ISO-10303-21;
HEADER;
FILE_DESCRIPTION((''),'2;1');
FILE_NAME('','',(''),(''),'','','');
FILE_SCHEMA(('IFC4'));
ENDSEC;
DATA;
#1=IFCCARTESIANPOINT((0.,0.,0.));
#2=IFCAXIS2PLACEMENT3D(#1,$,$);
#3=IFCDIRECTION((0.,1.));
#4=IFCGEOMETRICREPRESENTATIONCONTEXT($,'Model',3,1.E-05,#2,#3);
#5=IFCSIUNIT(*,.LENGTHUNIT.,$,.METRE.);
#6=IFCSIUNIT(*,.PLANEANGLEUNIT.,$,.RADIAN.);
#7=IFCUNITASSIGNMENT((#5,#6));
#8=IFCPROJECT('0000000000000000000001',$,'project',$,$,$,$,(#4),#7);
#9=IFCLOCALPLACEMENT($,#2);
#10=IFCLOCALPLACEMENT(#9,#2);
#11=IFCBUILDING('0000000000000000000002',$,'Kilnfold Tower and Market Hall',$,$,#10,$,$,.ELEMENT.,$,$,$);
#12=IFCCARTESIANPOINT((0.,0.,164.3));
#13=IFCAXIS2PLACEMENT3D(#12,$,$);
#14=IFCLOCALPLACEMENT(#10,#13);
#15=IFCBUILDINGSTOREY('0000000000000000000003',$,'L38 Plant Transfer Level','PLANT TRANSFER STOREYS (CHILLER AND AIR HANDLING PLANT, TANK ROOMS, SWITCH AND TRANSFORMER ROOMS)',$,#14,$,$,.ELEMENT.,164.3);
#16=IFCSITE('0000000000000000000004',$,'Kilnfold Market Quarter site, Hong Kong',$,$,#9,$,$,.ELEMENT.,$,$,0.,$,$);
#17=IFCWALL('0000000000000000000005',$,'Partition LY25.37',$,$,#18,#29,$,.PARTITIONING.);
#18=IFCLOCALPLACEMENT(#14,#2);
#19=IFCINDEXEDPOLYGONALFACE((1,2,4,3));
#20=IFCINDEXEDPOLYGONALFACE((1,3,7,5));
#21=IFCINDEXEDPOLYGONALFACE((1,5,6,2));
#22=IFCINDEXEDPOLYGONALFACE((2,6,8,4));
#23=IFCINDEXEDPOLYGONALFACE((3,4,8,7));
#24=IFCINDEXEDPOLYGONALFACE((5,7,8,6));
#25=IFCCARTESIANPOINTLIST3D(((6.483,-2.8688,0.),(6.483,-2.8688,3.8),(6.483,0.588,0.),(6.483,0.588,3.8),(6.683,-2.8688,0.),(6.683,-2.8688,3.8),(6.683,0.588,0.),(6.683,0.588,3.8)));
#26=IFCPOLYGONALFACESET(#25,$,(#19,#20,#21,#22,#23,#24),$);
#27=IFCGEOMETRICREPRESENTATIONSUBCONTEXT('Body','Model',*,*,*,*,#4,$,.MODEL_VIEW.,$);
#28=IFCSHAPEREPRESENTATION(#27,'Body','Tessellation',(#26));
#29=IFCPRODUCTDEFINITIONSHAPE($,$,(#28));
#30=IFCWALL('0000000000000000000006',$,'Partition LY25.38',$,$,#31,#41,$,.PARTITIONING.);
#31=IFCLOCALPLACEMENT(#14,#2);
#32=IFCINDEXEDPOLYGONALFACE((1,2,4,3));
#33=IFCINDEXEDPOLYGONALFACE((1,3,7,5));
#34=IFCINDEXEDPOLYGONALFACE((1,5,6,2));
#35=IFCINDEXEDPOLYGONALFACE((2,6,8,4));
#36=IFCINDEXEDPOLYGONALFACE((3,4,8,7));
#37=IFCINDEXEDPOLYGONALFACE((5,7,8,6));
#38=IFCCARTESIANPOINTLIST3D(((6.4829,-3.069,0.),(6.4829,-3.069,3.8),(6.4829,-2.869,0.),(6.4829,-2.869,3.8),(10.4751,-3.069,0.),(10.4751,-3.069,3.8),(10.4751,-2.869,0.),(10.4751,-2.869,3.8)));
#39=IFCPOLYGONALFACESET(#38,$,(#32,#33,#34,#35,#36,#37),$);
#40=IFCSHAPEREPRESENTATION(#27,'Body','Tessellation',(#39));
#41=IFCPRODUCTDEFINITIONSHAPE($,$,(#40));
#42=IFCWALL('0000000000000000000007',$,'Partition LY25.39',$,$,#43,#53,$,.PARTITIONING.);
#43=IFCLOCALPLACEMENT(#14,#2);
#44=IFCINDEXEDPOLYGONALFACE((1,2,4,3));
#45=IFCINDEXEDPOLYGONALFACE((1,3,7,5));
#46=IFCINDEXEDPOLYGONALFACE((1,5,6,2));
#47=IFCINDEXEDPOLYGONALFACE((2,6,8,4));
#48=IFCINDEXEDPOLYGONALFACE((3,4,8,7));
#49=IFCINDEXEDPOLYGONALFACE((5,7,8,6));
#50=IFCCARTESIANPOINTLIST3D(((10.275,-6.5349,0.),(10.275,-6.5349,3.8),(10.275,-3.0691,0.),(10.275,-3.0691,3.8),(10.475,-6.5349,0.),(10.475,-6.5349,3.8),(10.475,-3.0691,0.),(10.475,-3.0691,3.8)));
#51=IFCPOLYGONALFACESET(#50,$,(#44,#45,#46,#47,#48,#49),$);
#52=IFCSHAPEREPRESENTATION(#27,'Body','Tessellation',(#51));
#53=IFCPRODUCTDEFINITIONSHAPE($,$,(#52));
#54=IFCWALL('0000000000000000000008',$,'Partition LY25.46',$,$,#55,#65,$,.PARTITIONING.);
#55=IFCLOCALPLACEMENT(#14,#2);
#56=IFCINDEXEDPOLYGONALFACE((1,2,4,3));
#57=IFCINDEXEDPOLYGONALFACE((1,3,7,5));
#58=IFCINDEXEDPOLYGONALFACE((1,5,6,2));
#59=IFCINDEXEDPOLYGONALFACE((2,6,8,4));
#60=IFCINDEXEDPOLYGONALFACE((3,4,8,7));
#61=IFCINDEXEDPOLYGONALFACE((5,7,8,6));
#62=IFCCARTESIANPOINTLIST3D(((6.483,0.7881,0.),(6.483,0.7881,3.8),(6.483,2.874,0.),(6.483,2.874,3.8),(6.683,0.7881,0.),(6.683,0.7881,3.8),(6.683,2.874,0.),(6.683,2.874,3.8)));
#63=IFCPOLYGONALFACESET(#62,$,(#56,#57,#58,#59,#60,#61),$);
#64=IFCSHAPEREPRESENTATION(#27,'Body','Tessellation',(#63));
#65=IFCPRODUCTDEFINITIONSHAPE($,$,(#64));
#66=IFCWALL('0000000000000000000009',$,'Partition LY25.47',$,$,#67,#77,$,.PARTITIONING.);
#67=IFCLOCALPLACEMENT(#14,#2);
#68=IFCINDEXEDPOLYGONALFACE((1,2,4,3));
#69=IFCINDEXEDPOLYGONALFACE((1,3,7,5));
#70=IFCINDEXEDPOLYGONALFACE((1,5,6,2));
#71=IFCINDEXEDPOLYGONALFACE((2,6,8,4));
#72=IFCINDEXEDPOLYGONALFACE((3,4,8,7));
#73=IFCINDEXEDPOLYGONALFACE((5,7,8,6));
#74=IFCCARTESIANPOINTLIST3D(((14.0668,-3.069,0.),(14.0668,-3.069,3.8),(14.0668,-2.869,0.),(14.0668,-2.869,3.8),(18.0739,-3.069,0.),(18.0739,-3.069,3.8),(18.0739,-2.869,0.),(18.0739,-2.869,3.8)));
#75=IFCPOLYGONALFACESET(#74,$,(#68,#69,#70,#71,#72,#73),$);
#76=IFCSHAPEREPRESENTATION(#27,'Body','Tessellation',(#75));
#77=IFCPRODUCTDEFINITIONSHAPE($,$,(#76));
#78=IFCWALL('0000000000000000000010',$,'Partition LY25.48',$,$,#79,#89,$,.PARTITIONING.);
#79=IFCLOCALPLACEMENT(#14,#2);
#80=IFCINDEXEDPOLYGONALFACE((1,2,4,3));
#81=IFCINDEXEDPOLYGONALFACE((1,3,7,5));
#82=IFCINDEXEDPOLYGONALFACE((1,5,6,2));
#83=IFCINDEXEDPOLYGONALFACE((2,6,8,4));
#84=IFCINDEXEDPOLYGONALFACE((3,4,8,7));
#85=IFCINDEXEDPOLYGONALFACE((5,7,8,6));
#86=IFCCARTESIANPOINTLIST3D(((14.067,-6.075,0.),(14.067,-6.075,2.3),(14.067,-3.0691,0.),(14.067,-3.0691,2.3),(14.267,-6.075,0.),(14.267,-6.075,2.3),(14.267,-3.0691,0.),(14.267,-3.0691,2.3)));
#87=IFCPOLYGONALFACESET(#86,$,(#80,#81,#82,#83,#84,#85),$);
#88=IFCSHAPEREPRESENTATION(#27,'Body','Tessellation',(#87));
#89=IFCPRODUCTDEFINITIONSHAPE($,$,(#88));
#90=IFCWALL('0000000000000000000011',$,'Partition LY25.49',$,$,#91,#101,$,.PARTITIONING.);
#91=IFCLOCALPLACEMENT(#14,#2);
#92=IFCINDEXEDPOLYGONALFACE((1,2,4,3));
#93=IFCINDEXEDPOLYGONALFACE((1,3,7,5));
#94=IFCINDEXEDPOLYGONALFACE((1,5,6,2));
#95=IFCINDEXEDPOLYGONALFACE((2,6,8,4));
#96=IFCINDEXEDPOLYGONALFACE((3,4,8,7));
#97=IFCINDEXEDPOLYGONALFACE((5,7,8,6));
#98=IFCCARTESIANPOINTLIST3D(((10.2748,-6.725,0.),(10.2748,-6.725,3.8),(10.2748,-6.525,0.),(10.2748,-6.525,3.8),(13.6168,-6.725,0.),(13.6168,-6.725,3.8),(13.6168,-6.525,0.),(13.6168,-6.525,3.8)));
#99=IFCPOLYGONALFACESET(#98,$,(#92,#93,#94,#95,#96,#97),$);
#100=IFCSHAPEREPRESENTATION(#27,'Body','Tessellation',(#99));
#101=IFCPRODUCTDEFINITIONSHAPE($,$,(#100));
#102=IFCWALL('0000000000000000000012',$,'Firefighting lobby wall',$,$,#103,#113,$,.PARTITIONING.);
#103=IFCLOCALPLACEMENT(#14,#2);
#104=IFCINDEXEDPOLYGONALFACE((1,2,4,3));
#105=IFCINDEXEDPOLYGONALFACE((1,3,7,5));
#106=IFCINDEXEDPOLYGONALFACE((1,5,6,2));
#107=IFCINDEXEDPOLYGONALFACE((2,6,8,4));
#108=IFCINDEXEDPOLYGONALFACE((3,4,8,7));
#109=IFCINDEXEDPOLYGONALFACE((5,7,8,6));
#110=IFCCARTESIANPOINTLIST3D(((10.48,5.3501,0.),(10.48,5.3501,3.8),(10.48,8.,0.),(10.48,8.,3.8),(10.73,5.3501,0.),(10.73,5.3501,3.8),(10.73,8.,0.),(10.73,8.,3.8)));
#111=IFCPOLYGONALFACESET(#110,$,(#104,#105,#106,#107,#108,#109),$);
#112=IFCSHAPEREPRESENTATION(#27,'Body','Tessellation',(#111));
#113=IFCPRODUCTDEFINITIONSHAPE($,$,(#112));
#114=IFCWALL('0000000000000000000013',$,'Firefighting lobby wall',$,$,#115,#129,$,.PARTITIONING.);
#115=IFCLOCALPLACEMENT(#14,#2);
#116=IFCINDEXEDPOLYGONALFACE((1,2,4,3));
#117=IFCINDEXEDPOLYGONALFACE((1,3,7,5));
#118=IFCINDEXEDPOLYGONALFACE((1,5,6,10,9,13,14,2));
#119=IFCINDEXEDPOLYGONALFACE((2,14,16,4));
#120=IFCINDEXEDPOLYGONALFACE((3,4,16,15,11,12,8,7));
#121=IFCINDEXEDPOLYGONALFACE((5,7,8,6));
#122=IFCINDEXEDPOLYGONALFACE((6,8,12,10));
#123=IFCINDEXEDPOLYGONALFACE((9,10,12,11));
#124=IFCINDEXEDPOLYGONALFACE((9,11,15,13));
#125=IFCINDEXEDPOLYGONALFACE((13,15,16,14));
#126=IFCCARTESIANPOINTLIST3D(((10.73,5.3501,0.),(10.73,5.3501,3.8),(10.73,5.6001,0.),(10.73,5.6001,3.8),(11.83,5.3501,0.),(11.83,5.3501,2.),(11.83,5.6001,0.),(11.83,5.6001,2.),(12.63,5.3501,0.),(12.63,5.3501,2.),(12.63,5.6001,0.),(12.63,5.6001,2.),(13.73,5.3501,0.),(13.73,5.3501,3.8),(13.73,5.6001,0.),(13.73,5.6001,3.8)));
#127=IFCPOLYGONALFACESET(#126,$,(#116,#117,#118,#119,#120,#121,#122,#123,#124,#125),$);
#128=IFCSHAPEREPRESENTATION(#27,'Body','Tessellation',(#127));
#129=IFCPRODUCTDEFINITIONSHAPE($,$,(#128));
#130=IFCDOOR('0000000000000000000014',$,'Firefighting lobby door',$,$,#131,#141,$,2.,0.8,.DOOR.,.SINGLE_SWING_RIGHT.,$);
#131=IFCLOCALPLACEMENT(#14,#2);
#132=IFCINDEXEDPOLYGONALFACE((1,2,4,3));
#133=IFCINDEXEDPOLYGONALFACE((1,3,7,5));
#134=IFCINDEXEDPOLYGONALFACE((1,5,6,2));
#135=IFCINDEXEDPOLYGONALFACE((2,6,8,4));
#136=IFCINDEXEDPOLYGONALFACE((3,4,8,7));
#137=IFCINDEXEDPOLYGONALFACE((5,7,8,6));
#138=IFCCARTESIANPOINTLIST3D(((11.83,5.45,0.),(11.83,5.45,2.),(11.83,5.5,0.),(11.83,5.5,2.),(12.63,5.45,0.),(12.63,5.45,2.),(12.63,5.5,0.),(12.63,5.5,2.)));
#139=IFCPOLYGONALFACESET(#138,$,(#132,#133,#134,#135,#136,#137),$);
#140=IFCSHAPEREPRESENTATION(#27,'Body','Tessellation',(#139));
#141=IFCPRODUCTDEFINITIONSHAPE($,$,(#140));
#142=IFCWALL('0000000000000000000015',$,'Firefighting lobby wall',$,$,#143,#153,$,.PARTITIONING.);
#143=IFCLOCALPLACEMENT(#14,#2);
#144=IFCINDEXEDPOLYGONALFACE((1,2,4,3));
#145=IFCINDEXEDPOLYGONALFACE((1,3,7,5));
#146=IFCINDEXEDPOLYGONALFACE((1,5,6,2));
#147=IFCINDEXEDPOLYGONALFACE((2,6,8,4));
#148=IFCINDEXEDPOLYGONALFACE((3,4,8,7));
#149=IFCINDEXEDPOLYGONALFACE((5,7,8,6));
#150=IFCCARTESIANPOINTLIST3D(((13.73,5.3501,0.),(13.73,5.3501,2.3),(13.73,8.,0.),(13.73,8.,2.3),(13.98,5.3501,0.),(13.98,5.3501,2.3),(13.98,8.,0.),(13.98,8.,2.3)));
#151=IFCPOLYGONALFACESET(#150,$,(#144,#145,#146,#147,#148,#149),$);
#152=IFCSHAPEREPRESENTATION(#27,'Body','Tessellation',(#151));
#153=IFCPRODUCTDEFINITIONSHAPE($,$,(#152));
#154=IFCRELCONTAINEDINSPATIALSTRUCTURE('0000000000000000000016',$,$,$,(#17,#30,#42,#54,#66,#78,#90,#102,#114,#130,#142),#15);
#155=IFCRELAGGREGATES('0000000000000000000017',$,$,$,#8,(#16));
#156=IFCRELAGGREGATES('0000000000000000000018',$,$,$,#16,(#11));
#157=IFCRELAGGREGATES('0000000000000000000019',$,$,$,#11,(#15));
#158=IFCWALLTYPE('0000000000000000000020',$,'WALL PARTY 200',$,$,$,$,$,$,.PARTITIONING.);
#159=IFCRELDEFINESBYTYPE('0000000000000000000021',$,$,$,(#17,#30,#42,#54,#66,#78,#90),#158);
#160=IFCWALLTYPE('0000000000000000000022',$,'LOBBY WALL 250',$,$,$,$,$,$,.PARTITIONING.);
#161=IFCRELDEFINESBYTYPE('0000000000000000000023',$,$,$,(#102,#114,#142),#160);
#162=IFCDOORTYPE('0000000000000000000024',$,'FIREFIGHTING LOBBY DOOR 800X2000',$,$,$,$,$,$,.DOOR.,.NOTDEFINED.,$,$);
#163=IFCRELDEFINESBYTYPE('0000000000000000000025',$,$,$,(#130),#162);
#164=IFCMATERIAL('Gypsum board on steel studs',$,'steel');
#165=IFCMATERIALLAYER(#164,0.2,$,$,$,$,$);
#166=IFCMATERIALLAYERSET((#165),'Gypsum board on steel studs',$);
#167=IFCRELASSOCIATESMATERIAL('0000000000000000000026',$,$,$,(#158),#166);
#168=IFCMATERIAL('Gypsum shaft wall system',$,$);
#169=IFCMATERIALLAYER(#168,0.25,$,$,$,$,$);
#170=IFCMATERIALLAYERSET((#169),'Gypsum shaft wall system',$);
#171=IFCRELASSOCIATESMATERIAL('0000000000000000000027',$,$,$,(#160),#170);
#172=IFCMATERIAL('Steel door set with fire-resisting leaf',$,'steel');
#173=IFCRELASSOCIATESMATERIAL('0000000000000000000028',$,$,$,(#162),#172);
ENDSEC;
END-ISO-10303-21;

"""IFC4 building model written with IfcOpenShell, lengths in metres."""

from ifc_helpers import new_model, si_unit, direction, frame, frame_2d, origin, place, context, subcontext, project, spatial, rectangle, extrude, source, transform, mapped, material, layer, layer_set, type_object, element, fill, save


model = new_model("IFC4")

# Units and contexts
model_context = context("Model", 3, precision=1e-05, world=origin(), true_north=direction((0.0, 1.0)))
body_context = subcontext(model_context, "Body", "Model", "MODEL_VIEW")
ifc_project = project(units=[si_unit("LENGTHUNIT", "METRE"), si_unit("PLANEANGLEUNIT", "RADIAN")], contexts=[model_context])

# Site, building, storey
site_placement = place(None, origin())
site = spatial("IfcSite", under=ifc_project, at=site_placement, Name="Kilnfold Market Quarter site, Hong Kong", CompositionType="ELEMENT", RefElevation=0.0)
building_placement = place(site_placement, origin())
building = spatial("IfcBuilding", under=site, at=building_placement, Name="Kilnfold Tower and Market Hall", CompositionType="ELEMENT")
storey_placement = place(building_placement, frame((0.0, 0.0, 164.3)))
storey = spatial("IfcBuildingStorey", under=building, at=storey_placement, Name="L38 Plant Transfer Level", Description="PLANT TRANSFER STOREYS (CHILLER AND AIR HANDLING PLANT, TANK ROOMS, SWITCH AND TRANSFORMER ROOMS)", CompositionType="ELEMENT", Elevation=164.3)

# Walls
ifc_material_1 = material(Name="Gypsum board on steel studs", Category="steel")
ifc_layer_1 = layer(ifc_material_1, 0.2)
ifc_layer_set_1 = layer_set([ifc_layer_1], Name="Gypsum board on steel studs")
wall_type_1 = type_object("IfcWallType", Name="WALL PARTY 200", PredefinedType="PARTITIONING", material=ifc_layer_set_1)
wall_1_placement = place(storey_placement, frame((6.583, -2.8689, 0.0), z_axis=(0.0, 0.0, 1.0), x_axis=(0.0, 1.0, 0.0)))
element("IfcWall", 1, at=wall_1_placement, inside=storey, type_object=wall_type_1, Name="Partition LY25.37", PredefinedType="PARTITIONING", context=body_context, shape_type="SweptSolid", body=[
    extrude(rectangle(XDim=3.4568, YDim=0.2, at=frame_2d((1.7285, 0.0))), origin(), (0.0, 0.0, 1.0), 3.8),
])
wall_2_placement = place(storey_placement, frame((6.4829, -2.969, 0.0), z_axis=(0.0, 0.0, 1.0), x_axis=(1.0, 0.0, 0.0)))
element("IfcWall", 2, at=wall_2_placement, inside=storey, type_object=wall_type_1, Name="Partition LY25.38", PredefinedType="PARTITIONING", context=body_context, shape_type="SweptSolid", body=[
    extrude(rectangle(XDim=3.9922, YDim=0.2, at=frame_2d((1.9961, 0.0))), origin(), (0.0, 0.0, 1.0), 3.8),
])
wall_3_placement = place(storey_placement, frame((10.375, -6.5349, 0.0), z_axis=(0.0, 0.0, 1.0), x_axis=(0.0, 1.0, 0.0)))
element("IfcWall", 3, at=wall_3_placement, inside=storey, type_object=wall_type_1, Name="Partition LY25.39", PredefinedType="PARTITIONING", context=body_context, shape_type="SweptSolid", body=[
    extrude(rectangle(XDim=3.4658, YDim=0.2, at=frame_2d((1.7329, 0.0))), origin(), (0.0, 0.0, 1.0), 3.8),
])
wall_4_placement = place(storey_placement, frame((6.583, 0.7881, 0.0), z_axis=(0.0, 0.0, 1.0), x_axis=(0.0, 1.0, 0.0)))
element("IfcWall", 4, at=wall_4_placement, inside=storey, type_object=wall_type_1, Name="Partition LY25.46", PredefinedType="PARTITIONING", context=body_context, shape_type="SweptSolid", body=[
    extrude(rectangle(XDim=2.0859, YDim=0.2, at=frame_2d((1.043, 0.0))), origin(), (0.0, 0.0, 1.0), 3.8),
])
wall_5_placement = place(storey_placement, frame((14.0669, -2.969, 0.0), z_axis=(0.0, 0.0, 1.0), x_axis=(1.0, 0.0, 0.0)))
element("IfcWall", 5, at=wall_5_placement, inside=storey, type_object=wall_type_1, Name="Partition LY25.47", PredefinedType="PARTITIONING", context=body_context, shape_type="SweptSolid", body=[
    extrude(rectangle(XDim=4.0071, YDim=0.2, at=frame_2d((2.0034, 0.0))), origin(), (0.0, 0.0, 1.0), 3.8),
])
wall_6_placement = place(storey_placement, frame((14.167, -6.075, 0.0), z_axis=(0.0, 0.0, 1.0), x_axis=(0.0, 1.0, 0.0)))
element("IfcWall", 6, at=wall_6_placement, inside=storey, type_object=wall_type_1, Name="Partition LY25.48", PredefinedType="PARTITIONING", context=body_context, shape_type="SweptSolid", body=[
    extrude(rectangle(XDim=3.0059, YDim=0.2, at=frame_2d((1.5029, 0.0))), origin(), (0.0, 0.0, 1.0), 2.3),
])
wall_7_placement = place(storey_placement, frame((10.2749, -6.625, 0.0), z_axis=(0.0, 0.0, 1.0), x_axis=(1.0, 0.0, 0.0)))
element("IfcWall", 7, at=wall_7_placement, inside=storey, type_object=wall_type_1, Name="Partition LY25.49", PredefinedType="PARTITIONING", context=body_context, shape_type="SweptSolid", body=[
    extrude(rectangle(XDim=3.342, YDim=0.2, at=frame_2d((1.6709, 0.0))), origin(), (0.0, 0.0, 1.0), 3.8),
])
ifc_material_2 = material(Name="Gypsum shaft wall system")
ifc_layer_2 = layer(ifc_material_2, 0.25)
ifc_layer_set_2 = layer_set([ifc_layer_2], Name="Gypsum shaft wall system")
wall_type_2 = type_object("IfcWallType", Name="LOBBY WALL 250", PredefinedType="PARTITIONING", material=ifc_layer_set_2)
shared_shape_1 = source(origin(), body_context, "Body", "SweptSolid", [
    extrude(rectangle(XDim=2.6499, YDim=0.25, at=frame_2d((1.325, 0.0))), origin(), (0.0, 0.0, 1.0), 3.8),
])
wall_8_placement = place(storey_placement, frame((10.605, 5.3501, 0.0), z_axis=(0.0, 0.0, 1.0), x_axis=(0.0, 1.0, 0.0)))
element("IfcWall", 8, at=wall_8_placement, inside=storey, type_object=wall_type_2, Name="Firefighting lobby wall", PredefinedType="PARTITIONING", context=body_context, shape_type="MappedRepresentation", body=[
    mapped(shared_shape_1, transform((0.0, 0.0, 0.0))),
])

# Wall, opening, door
shared_shape_2 = source(origin(), body_context, "Body", "SweptSolid", [
    extrude(rectangle(XDim=3.0, YDim=0.25, at=frame_2d((1.5, 0.0))), origin(), (0.0, 0.0, 1.0), 3.8),
])
wall_9_placement = place(storey_placement, frame((10.73, 5.4751, 0.0), z_axis=(0.0, 0.0, 1.0), x_axis=(1.0, 0.0, 0.0)))
wall_9 = element("IfcWall", 9, at=wall_9_placement, inside=storey, type_object=wall_type_2, Name="Firefighting lobby wall", PredefinedType="PARTITIONING", context=body_context, shape_type="MappedRepresentation", body=[
    mapped(shared_shape_2, transform((0.0, 0.0, 0.0))),
])
opening_1_placement = place(wall_9_placement, frame((1.1001, 0.0, 0.0)))
opening_1 = element("IfcOpeningElement", 10, at=opening_1_placement, cuts=wall_9, PredefinedType="OPENING", context=body_context, shape_type="SweptSolid", body=[
    extrude(rectangle(XDim=0.8, YDim=2.0, at=frame_2d((0.3999, 1.0))), frame((0.0, 0.135, 0.0), z_axis=(0.0, -1.0, 0.0), x_axis=(1.0, 0.0, 0.0)), (0.0, 0.0, 1.0), 0.27),
])
ifc_material_3 = material(Name="Steel door set with fire-resisting leaf", Category="steel")
door_type_1 = type_object("IfcDoorType", Name="FIREFIGHTING LOBBY DOOR 800X2000", OperationType="NOTDEFINED", PredefinedType="DOOR", material=ifc_material_3)
door_1_placement = place(opening_1_placement, origin())
door_1 = element("IfcDoor", 11, at=door_1_placement, inside=storey, type_object=door_type_1, Name="Firefighting lobby door", OperationType="SINGLE_SWING_RIGHT", OverallHeight=2.0, OverallWidth=0.8, PredefinedType="DOOR", context=body_context, shape_type="SweptSolid", body=[
    extrude(rectangle(XDim=0.8, YDim=2.0, at=frame_2d((0.3999, 1.0))), frame((0.0, 0.0249, 0.0), z_axis=(0.0, -1.0, 0.0), x_axis=(1.0, 0.0, 0.0)), (0.0, 0.0, 1.0), 0.05),
])
fill(opening_1, door_1)

# Wall
shared_shape_3 = source(origin(), body_context, "Body", "SweptSolid", [
    extrude(rectangle(XDim=2.6499, YDim=0.25, at=frame_2d((1.325, 0.0))), origin(), (0.0, 0.0, 1.0), 2.3),
])
wall_10_placement = place(storey_placement, frame((13.855, 5.3501, 0.0), z_axis=(0.0, 0.0, 1.0), x_axis=(0.0, 1.0, 0.0)))
element("IfcWall", 12, at=wall_10_placement, inside=storey, type_object=wall_type_2, Name="Firefighting lobby wall", PredefinedType="PARTITIONING", context=body_context, shape_type="MappedRepresentation", body=[
    mapped(shared_shape_3, transform((0.0, 0.0, 0.0))),
])

save(model, "model.ifc")
